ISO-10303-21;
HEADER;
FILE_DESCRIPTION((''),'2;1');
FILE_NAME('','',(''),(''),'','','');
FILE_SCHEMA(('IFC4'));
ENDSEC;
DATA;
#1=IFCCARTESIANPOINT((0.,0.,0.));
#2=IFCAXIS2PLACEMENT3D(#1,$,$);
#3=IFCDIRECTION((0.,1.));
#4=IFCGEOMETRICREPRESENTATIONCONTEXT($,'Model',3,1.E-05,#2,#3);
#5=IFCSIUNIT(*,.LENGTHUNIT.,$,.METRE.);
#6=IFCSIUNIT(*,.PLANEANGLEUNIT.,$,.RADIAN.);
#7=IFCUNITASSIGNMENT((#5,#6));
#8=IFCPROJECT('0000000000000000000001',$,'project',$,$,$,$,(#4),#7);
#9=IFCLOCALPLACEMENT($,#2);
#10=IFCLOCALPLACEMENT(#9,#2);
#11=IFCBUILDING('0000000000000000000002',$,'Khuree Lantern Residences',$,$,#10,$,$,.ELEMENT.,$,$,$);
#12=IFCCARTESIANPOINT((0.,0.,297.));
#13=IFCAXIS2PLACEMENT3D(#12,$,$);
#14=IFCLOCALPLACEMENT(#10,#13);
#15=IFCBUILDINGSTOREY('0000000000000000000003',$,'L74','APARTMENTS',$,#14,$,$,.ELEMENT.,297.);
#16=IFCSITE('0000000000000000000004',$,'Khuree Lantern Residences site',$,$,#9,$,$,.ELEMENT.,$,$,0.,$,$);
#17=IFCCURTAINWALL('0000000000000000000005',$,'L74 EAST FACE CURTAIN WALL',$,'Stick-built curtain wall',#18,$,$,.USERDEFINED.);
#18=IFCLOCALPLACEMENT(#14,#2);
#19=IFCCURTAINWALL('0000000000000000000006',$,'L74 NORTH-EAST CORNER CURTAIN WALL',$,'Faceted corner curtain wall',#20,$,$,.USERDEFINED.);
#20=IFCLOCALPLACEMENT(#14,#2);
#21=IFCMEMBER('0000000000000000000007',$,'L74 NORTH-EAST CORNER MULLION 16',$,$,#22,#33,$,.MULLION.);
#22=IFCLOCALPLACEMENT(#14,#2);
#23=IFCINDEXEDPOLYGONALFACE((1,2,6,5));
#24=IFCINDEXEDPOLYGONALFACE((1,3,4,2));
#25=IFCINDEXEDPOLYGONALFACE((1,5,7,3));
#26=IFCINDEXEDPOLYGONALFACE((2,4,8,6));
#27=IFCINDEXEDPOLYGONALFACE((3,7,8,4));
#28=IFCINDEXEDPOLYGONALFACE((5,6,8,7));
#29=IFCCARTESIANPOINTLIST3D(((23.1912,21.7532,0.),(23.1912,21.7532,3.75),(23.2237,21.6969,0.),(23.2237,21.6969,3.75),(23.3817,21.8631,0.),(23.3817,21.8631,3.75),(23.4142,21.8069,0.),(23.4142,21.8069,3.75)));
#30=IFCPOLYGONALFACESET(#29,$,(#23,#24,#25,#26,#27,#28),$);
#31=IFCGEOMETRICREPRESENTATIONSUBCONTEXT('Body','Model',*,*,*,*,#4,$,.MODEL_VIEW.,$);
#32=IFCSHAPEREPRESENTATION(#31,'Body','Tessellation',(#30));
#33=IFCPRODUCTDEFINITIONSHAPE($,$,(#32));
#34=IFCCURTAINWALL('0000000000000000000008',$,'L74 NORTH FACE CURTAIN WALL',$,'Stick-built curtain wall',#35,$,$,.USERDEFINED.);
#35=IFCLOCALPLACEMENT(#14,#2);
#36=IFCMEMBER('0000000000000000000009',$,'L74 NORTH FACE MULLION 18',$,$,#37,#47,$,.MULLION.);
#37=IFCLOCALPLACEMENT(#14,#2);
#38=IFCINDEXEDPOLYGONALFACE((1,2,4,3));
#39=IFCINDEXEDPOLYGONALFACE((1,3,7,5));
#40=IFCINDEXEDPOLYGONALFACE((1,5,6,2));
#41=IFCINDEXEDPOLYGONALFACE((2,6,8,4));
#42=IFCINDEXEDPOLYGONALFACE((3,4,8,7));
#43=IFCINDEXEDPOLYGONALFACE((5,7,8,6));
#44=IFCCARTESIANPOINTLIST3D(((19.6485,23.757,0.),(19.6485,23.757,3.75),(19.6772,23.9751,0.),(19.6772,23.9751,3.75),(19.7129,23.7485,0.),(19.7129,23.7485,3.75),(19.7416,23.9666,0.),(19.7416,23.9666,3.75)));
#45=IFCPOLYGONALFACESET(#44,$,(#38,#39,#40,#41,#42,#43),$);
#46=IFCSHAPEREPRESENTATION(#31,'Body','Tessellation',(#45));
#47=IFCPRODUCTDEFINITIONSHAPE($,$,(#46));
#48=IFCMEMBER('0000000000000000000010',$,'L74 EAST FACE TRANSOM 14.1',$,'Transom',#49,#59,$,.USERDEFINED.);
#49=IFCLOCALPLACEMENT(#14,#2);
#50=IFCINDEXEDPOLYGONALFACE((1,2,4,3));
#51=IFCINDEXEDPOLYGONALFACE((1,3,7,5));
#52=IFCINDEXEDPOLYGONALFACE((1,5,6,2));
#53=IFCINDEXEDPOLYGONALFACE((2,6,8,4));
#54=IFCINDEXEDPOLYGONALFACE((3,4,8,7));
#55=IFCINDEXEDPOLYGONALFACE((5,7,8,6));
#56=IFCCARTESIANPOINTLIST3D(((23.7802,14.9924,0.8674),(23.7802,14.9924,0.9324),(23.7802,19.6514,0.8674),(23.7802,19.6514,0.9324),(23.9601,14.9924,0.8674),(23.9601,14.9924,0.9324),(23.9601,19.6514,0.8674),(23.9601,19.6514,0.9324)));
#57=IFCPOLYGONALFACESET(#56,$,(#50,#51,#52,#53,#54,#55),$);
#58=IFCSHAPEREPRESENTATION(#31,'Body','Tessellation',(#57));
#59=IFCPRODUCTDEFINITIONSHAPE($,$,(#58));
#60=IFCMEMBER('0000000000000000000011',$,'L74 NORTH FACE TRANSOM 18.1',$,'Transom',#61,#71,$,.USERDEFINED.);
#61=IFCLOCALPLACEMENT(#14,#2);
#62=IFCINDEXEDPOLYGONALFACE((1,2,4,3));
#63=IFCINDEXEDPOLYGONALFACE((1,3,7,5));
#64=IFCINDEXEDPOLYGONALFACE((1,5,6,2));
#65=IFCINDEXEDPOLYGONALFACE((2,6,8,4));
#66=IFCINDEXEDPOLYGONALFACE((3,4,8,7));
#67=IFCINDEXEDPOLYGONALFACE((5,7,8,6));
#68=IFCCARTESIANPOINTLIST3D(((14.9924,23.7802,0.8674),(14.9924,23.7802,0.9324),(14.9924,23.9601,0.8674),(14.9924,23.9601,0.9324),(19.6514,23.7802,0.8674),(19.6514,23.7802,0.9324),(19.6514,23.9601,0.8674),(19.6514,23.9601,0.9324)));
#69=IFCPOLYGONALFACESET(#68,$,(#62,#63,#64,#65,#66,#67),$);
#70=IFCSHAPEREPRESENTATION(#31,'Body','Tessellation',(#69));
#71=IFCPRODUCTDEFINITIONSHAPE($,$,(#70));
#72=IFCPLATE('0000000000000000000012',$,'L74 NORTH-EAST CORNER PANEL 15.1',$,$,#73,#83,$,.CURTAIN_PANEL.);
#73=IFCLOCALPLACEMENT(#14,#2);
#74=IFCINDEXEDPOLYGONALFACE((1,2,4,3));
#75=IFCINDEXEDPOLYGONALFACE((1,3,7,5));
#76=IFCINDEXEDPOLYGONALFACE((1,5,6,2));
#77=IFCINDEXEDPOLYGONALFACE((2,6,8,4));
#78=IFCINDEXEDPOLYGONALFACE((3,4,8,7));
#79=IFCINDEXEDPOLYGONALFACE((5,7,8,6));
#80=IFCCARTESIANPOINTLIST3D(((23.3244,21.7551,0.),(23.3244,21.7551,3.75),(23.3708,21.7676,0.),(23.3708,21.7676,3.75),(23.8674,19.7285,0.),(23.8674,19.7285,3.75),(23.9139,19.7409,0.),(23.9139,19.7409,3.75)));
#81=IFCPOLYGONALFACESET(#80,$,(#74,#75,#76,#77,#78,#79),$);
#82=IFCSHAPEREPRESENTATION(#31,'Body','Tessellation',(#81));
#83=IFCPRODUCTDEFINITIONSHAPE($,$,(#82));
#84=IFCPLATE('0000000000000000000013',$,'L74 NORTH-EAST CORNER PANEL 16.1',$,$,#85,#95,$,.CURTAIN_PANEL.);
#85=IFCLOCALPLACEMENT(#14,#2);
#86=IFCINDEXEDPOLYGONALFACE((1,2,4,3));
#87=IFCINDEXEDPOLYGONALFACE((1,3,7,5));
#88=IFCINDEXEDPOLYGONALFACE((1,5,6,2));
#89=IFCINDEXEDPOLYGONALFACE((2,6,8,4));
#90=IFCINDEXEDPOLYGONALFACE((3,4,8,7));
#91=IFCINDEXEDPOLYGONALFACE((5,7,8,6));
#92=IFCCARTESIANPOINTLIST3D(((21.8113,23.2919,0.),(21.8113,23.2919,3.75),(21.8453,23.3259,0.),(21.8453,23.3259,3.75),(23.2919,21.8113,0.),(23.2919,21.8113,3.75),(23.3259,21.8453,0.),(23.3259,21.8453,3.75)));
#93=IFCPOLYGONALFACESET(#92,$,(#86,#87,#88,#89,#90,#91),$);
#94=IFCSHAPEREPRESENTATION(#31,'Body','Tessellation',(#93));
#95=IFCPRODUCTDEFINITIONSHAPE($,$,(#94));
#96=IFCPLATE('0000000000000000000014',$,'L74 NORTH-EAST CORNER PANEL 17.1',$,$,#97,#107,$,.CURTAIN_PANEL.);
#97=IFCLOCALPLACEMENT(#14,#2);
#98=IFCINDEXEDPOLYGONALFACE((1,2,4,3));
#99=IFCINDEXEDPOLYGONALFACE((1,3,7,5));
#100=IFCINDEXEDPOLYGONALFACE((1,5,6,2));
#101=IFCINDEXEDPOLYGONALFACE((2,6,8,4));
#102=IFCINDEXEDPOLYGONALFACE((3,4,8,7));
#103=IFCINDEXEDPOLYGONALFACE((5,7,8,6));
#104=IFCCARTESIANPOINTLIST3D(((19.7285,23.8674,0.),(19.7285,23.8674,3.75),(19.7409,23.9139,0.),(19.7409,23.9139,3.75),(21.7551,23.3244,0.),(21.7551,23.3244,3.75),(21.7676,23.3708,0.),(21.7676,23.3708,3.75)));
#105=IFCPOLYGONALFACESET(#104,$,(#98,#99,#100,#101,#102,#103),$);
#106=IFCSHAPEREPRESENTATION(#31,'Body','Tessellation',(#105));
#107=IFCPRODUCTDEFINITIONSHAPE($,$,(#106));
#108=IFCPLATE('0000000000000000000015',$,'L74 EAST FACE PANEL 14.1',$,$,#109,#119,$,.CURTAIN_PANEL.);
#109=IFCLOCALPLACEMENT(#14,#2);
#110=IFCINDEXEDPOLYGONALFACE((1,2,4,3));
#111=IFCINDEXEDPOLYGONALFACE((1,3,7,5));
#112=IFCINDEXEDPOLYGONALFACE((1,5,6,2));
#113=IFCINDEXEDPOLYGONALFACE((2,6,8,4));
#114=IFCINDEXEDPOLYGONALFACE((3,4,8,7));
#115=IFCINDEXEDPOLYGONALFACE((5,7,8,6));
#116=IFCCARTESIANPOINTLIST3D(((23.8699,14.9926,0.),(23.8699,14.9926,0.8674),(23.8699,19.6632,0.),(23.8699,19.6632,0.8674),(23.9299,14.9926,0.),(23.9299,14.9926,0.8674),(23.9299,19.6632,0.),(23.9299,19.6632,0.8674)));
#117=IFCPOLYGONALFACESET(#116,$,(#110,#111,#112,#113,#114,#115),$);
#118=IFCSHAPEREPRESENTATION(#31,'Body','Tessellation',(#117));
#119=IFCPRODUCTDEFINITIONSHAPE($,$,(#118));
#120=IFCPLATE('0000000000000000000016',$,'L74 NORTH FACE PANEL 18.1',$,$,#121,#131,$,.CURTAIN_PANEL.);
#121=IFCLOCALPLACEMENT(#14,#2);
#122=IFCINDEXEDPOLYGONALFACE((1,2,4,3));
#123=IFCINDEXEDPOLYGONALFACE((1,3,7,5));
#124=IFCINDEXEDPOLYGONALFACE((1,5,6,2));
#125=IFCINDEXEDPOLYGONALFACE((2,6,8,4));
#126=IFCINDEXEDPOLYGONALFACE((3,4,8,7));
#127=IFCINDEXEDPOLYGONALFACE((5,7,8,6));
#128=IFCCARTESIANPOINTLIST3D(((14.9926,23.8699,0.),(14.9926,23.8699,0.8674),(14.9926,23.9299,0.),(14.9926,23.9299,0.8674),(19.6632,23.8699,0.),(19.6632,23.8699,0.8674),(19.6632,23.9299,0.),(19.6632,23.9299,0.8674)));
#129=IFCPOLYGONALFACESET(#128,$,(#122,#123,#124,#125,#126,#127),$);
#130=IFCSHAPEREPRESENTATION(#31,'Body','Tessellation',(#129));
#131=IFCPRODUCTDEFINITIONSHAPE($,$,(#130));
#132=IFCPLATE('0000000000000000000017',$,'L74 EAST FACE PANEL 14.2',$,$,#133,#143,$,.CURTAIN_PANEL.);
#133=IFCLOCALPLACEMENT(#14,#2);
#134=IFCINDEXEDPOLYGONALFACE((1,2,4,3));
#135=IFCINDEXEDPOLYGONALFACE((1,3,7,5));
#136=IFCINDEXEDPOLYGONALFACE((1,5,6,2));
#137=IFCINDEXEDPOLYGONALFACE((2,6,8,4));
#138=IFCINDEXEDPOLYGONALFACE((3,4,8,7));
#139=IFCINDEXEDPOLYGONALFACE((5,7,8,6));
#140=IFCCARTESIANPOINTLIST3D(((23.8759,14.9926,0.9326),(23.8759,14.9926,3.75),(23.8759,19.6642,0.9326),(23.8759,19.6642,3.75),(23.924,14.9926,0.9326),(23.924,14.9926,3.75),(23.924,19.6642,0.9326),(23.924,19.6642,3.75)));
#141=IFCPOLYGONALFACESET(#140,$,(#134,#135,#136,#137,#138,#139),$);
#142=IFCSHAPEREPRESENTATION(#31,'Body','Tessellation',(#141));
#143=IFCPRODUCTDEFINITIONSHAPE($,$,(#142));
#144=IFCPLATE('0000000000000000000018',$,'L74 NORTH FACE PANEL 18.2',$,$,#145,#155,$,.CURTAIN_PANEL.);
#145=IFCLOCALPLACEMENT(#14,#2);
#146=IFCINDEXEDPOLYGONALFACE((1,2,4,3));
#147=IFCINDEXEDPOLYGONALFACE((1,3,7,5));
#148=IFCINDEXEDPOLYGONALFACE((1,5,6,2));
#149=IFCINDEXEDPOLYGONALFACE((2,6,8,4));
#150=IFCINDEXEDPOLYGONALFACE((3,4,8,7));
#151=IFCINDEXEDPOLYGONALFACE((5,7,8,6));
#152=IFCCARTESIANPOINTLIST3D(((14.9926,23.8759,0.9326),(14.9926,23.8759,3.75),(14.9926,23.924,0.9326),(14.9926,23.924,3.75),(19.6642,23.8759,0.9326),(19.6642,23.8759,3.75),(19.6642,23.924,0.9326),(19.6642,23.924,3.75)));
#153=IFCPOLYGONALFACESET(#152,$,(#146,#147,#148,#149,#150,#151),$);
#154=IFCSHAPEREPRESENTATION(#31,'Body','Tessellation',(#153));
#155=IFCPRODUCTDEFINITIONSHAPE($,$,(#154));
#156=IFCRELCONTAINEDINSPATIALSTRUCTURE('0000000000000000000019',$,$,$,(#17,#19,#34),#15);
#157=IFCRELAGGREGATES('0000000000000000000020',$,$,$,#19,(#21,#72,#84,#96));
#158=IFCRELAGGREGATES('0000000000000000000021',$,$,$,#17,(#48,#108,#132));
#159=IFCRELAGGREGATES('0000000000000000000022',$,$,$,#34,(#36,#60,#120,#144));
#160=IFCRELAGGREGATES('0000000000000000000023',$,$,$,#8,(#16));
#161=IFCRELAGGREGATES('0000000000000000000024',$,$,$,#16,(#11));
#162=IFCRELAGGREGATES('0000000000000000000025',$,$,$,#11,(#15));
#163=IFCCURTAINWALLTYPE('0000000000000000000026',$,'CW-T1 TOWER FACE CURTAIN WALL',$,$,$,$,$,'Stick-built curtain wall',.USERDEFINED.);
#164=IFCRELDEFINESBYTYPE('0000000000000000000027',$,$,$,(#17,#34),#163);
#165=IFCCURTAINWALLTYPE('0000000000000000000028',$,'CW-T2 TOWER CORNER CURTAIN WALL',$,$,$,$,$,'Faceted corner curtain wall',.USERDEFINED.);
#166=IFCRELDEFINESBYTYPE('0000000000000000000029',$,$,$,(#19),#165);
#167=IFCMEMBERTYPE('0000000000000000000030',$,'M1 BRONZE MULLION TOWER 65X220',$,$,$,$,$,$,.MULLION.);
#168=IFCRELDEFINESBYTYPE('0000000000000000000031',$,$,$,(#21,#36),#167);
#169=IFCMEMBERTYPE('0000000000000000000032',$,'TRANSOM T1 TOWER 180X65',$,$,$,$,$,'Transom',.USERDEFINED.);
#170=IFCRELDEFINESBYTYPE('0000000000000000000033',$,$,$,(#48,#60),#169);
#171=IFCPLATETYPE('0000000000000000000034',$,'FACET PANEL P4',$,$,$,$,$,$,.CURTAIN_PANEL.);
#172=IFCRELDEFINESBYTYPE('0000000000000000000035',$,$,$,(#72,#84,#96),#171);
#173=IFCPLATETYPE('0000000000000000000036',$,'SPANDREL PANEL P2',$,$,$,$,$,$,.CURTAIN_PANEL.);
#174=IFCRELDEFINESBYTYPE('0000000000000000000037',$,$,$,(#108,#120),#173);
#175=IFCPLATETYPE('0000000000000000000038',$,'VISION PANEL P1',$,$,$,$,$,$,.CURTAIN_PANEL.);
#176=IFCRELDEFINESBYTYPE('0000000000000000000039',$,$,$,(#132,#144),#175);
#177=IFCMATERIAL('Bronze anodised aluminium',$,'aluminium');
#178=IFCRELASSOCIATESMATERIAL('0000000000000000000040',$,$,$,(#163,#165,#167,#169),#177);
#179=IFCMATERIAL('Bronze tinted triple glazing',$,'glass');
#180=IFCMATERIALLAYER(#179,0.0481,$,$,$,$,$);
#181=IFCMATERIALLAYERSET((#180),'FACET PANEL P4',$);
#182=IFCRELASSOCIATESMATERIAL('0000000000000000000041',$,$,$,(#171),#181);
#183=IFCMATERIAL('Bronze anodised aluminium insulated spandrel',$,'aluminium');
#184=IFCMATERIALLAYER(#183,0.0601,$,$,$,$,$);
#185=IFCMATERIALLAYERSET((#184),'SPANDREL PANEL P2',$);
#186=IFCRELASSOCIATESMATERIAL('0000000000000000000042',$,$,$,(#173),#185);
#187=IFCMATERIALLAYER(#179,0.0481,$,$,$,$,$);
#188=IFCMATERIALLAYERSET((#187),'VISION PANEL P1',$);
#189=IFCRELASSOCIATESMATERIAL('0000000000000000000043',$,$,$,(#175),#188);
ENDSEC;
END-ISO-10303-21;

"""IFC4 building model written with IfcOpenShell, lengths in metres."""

from ifc_helpers import new_model, si_unit, direction, frame, origin, origin_2d, place, context, subcontext, project, spatial, rectangle, extrude, material, layer, layer_set, material_profile, profile_set, type_object, element, aggregate, save


model = new_model("IFC4")

# Units and contexts
model_context = context("Model", 3, precision=1e-05, world=origin(), true_north=direction((0.0, 1.0)))
body_context = subcontext(model_context, "Body", "Model", "MODEL_VIEW")
ifc_project = project(units=[si_unit("LENGTHUNIT", "METRE"), si_unit("PLANEANGLEUNIT", "RADIAN")], contexts=[model_context])

# Site, building, storey
site_placement = place(None, origin())
site = spatial("IfcSite", under=ifc_project, at=site_placement, Name="Khuree Lantern Residences site", CompositionType="ELEMENT", RefElevation=0.0)
building_placement = place(site_placement, origin())
building = spatial("IfcBuilding", under=site, at=building_placement, Name="Khuree Lantern Residences", CompositionType="ELEMENT")
storey_placement = place(building_placement, frame((0.0, 0.0, 297.0)))
storey = spatial("IfcBuildingStorey", under=building, at=storey_placement, Name="L74", Description="APARTMENTS", CompositionType="ELEMENT", Elevation=297.0)

# Curtain walls
ifc_material_1 = material(Name="Bronze anodised aluminium", Category="aluminium")
curtain_wall_type_1 = type_object("IfcCurtainWallType", Name="CW-T1 TOWER FACE CURTAIN WALL", ElementType="Stick-built curtain wall", PredefinedType="USERDEFINED", material=ifc_material_1)
curtain_wall_1_placement = place(storey_placement, origin())
curtain_wall_1 = element("IfcCurtainWall", 1, at=curtain_wall_1_placement, inside=storey, type_object=curtain_wall_type_1, Name="L74 EAST FACE CURTAIN WALL", ObjectType="Stick-built curtain wall", PredefinedType="USERDEFINED")
curtain_wall_type_2 = type_object("IfcCurtainWallType", Name="CW-T2 TOWER CORNER CURTAIN WALL", ElementType="Faceted corner curtain wall", PredefinedType="USERDEFINED", material=ifc_material_1)
curtain_wall_2_placement = place(storey_placement, origin())
curtain_wall_2 = element("IfcCurtainWall", 2, at=curtain_wall_2_placement, inside=storey, type_object=curtain_wall_type_2, Name="L74 NORTH-EAST CORNER CURTAIN WALL", ObjectType="Faceted corner curtain wall", PredefinedType="USERDEFINED")

# Member
ifc_material_profile_1 = material_profile(ifc_material_1, rectangle(XDim=0.0649, YDim=0.22, at=origin_2d()), Name="M1 65X220")
ifc_profile_set_1 = profile_set([ifc_material_profile_1], Name="Bronze anodised aluminium")
member_type_1 = type_object("IfcMemberType", Name="M1 BRONZE MULLION TOWER 65X220", PredefinedType="MULLION", material=ifc_profile_set_1)
member_1_placement = place(storey_placement, frame((23.3027, 21.78, 0.0), z_axis=(0.0, 0.0, 1.0), x_axis=(-0.5, 0.866025, 0.0)))
member_1 = element("IfcMember", 3, at=member_1_placement, type_object=member_type_1, Name="L74 NORTH-EAST CORNER MULLION 16", PredefinedType="MULLION", context=body_context, shape_type="SweptSolid", body=[
    extrude(rectangle(XDim=0.0649, YDim=0.22, at=origin_2d()), origin(), (0.0, 0.0, 1.0), 3.75),
])

# Curtain wall, member
curtain_wall_3_placement = place(storey_placement, origin())
curtain_wall_3 = element("IfcCurtainWall", 4, at=curtain_wall_3_placement, inside=storey, type_object=curtain_wall_type_1, Name="L74 NORTH FACE CURTAIN WALL", ObjectType="Stick-built curtain wall", PredefinedType="USERDEFINED")
member_2_placement = place(storey_placement, frame((19.6951, 23.8618, 0.0), z_axis=(0.0, 0.0, 1.0), x_axis=(-0.991445, 0.130526, 0.0)))
member_2 = element("IfcMember", 5, at=member_2_placement, type_object=member_type_1, Name="L74 NORTH FACE MULLION 18", PredefinedType="MULLION", context=body_context, shape_type="SweptSolid", body=[
    extrude(rectangle(XDim=0.0649, YDim=0.22, at=origin_2d()), origin(), (0.0, 0.0, 1.0), 3.75),
])

# Members
ifc_material_profile_2 = material_profile(ifc_material_1, rectangle(XDim=0.1799, YDim=0.0649, at=origin_2d()), Name="T1 180X65")
ifc_profile_set_2 = profile_set([ifc_material_profile_2], Name="Bronze anodised aluminium")
member_type_2 = type_object("IfcMemberType", Name="TRANSOM T1 TOWER 180X65", ElementType="Transom", PredefinedType="USERDEFINED", material=ifc_profile_set_2)
member_3_placement = place(storey_placement, frame((23.8701, 14.9924, 0.8999), z_axis=(0.0, 1.0, 0.0), x_axis=(-1.0, 0.0, 0.0)))
member_3 = element("IfcMember", 6, at=member_3_placement, type_object=member_type_2, Name="L74 EAST FACE TRANSOM 14.1", ObjectType="Transom", PredefinedType="USERDEFINED", context=body_context, shape_type="SweptSolid", body=[
    extrude(rectangle(XDim=0.1799, YDim=0.0649, at=origin_2d()), origin(), (0.0, 0.0, 1.0), 4.6589),
])
member_4_placement = place(storey_placement, frame((19.6514, 23.8701, 0.8999), z_axis=(-1.0, 0.0, 0.0), x_axis=(0.0, -1.0, 0.0)))
member_4 = element("IfcMember", 7, at=member_4_placement, type_object=member_type_2, Name="L74 NORTH FACE TRANSOM 18.1", ObjectType="Transom", PredefinedType="USERDEFINED", context=body_context, shape_type="SweptSolid", body=[
    extrude(rectangle(XDim=0.1799, YDim=0.0649, at=origin_2d()), origin(), (0.0, 0.0, 1.0), 4.6589),
])

# Plates
ifc_material_2 = material(Name="Bronze tinted triple glazing", Category="glass")
ifc_layer_1 = layer(ifc_material_2, 0.0481)
ifc_layer_set_1 = layer_set([ifc_layer_1], Name="FACET PANEL P4")
plate_type_1 = type_object("IfcPlateType", Name="FACET PANEL P4", PredefinedType="CURTAIN_PANEL", material=ifc_layer_set_1)
plate_1_placement = place(storey_placement, frame((23.6191, 20.748, 0.0), z_axis=(0.0, 0.0, 1.0), x_axis=(-0.258819, 0.965926, 0.0)))
plate_1 = element("IfcPlate", 8, at=plate_1_placement, type_object=plate_type_1, Name="L74 NORTH-EAST CORNER PANEL 15.1", PredefinedType="CURTAIN_PANEL", context=body_context, shape_type="SweptSolid", body=[
    extrude(rectangle(XDim=2.0981, YDim=0.0481, at=origin_2d()), origin(), (0.0, 0.0, 1.0), 3.75),
])
plate_2_placement = place(storey_placement, frame((22.5686, 22.5686, 0.0), z_axis=(0.0, 0.0, 1.0), x_axis=(-0.707107, 0.707107, 0.0)))
plate_2 = element("IfcPlate", 9, at=plate_2_placement, type_object=plate_type_1, Name="L74 NORTH-EAST CORNER PANEL 16.1", PredefinedType="CURTAIN_PANEL", context=body_context, shape_type="SweptSolid", body=[
    extrude(rectangle(XDim=2.094, YDim=0.0481, at=origin_2d()), origin(), (0.0, 0.0, 1.0), 3.75),
])
plate_3_placement = place(storey_placement, frame((20.748, 23.6191, 0.0), z_axis=(0.0, 0.0, 1.0), x_axis=(-0.965926, 0.258819, 0.0)))
plate_3 = element("IfcPlate", 10, at=plate_3_placement, type_object=plate_type_1, Name="L74 NORTH-EAST CORNER PANEL 17.1", PredefinedType="CURTAIN_PANEL", context=body_context, shape_type="SweptSolid", body=[
    extrude(rectangle(XDim=2.0981, YDim=0.0481, at=origin_2d()), origin(), (0.0, 0.0, 1.0), 3.75),
])
aggregate(curtain_wall_2, [member_1, plate_1, plate_2, plate_3])
ifc_material_3 = material(Name="Bronze anodised aluminium insulated spandrel", Category="aluminium")
ifc_layer_2 = layer(ifc_material_3, 0.0601)
ifc_layer_set_2 = layer_set([ifc_layer_2], Name="SPANDREL PANEL P2")
plate_type_2 = type_object("IfcPlateType", Name="SPANDREL PANEL P2", PredefinedType="CURTAIN_PANEL", material=ifc_layer_set_2)
plate_4_placement = place(storey_placement, frame((23.8999, 17.3279, 0.0), z_axis=(0.0, 0.0, 1.0), x_axis=(0.0, 1.0, 0.0)))
plate_4 = element("IfcPlate", 11, at=plate_4_placement, type_object=plate_type_2, Name="L74 EAST FACE PANEL 14.1", PredefinedType="CURTAIN_PANEL", context=body_context, shape_type="SweptSolid", body=[
    extrude(rectangle(XDim=4.6707, YDim=0.0601, at=origin_2d()), origin(), (0.0, 0.0, 1.0), 0.8674),
])
plate_5_placement = place(storey_placement, frame((17.3279, 23.8999, 0.0), z_axis=(0.0, 0.0, 1.0), x_axis=(-1.0, 0.0, 0.0)))
plate_5 = element("IfcPlate", 12, at=plate_5_placement, type_object=plate_type_2, Name="L74 NORTH FACE PANEL 18.1", PredefinedType="CURTAIN_PANEL", context=body_context, shape_type="SweptSolid", body=[
    extrude(rectangle(XDim=4.6707, YDim=0.0601, at=origin_2d()), origin(), (0.0, 0.0, 1.0), 0.8674),
])
ifc_layer_3 = layer(ifc_material_2, 0.0481)
ifc_layer_set_3 = layer_set([ifc_layer_3], Name="VISION PANEL P1")
plate_type_3 = type_object("IfcPlateType", Name="VISION PANEL P1", PredefinedType="CURTAIN_PANEL", material=ifc_layer_set_3)
plate_6_placement = place(storey_placement, frame((23.8999, 17.3284, 0.9326), z_axis=(0.0, 0.0, 1.0), x_axis=(0.0, 1.0, 0.0)))
plate_6 = element("IfcPlate", 13, at=plate_6_placement, type_object=plate_type_3, Name="L74 EAST FACE PANEL 14.2", PredefinedType="CURTAIN_PANEL", context=body_context, shape_type="SweptSolid", body=[
    extrude(rectangle(XDim=4.6716, YDim=0.0481, at=origin_2d()), origin(), (0.0, 0.0, 1.0), 2.8174),
])
aggregate(curtain_wall_1, [member_3, plate_4, plate_6])
plate_7_placement = place(storey_placement, frame((17.3284, 23.8999, 0.9326), z_axis=(0.0, 0.0, 1.0), x_axis=(-1.0, 0.0, 0.0)))
plate_7 = element("IfcPlate", 14, at=plate_7_placement, type_object=plate_type_3, Name="L74 NORTH FACE PANEL 18.2", PredefinedType="CURTAIN_PANEL", context=body_context, shape_type="SweptSolid", body=[
    extrude(rectangle(XDim=4.6716, YDim=0.0481, at=origin_2d()), origin(), (0.0, 0.0, 1.0), 2.8174),
])
aggregate(curtain_wall_3, [member_2, member_4, plate_5, plate_7])

save(model, "model.ifc")
